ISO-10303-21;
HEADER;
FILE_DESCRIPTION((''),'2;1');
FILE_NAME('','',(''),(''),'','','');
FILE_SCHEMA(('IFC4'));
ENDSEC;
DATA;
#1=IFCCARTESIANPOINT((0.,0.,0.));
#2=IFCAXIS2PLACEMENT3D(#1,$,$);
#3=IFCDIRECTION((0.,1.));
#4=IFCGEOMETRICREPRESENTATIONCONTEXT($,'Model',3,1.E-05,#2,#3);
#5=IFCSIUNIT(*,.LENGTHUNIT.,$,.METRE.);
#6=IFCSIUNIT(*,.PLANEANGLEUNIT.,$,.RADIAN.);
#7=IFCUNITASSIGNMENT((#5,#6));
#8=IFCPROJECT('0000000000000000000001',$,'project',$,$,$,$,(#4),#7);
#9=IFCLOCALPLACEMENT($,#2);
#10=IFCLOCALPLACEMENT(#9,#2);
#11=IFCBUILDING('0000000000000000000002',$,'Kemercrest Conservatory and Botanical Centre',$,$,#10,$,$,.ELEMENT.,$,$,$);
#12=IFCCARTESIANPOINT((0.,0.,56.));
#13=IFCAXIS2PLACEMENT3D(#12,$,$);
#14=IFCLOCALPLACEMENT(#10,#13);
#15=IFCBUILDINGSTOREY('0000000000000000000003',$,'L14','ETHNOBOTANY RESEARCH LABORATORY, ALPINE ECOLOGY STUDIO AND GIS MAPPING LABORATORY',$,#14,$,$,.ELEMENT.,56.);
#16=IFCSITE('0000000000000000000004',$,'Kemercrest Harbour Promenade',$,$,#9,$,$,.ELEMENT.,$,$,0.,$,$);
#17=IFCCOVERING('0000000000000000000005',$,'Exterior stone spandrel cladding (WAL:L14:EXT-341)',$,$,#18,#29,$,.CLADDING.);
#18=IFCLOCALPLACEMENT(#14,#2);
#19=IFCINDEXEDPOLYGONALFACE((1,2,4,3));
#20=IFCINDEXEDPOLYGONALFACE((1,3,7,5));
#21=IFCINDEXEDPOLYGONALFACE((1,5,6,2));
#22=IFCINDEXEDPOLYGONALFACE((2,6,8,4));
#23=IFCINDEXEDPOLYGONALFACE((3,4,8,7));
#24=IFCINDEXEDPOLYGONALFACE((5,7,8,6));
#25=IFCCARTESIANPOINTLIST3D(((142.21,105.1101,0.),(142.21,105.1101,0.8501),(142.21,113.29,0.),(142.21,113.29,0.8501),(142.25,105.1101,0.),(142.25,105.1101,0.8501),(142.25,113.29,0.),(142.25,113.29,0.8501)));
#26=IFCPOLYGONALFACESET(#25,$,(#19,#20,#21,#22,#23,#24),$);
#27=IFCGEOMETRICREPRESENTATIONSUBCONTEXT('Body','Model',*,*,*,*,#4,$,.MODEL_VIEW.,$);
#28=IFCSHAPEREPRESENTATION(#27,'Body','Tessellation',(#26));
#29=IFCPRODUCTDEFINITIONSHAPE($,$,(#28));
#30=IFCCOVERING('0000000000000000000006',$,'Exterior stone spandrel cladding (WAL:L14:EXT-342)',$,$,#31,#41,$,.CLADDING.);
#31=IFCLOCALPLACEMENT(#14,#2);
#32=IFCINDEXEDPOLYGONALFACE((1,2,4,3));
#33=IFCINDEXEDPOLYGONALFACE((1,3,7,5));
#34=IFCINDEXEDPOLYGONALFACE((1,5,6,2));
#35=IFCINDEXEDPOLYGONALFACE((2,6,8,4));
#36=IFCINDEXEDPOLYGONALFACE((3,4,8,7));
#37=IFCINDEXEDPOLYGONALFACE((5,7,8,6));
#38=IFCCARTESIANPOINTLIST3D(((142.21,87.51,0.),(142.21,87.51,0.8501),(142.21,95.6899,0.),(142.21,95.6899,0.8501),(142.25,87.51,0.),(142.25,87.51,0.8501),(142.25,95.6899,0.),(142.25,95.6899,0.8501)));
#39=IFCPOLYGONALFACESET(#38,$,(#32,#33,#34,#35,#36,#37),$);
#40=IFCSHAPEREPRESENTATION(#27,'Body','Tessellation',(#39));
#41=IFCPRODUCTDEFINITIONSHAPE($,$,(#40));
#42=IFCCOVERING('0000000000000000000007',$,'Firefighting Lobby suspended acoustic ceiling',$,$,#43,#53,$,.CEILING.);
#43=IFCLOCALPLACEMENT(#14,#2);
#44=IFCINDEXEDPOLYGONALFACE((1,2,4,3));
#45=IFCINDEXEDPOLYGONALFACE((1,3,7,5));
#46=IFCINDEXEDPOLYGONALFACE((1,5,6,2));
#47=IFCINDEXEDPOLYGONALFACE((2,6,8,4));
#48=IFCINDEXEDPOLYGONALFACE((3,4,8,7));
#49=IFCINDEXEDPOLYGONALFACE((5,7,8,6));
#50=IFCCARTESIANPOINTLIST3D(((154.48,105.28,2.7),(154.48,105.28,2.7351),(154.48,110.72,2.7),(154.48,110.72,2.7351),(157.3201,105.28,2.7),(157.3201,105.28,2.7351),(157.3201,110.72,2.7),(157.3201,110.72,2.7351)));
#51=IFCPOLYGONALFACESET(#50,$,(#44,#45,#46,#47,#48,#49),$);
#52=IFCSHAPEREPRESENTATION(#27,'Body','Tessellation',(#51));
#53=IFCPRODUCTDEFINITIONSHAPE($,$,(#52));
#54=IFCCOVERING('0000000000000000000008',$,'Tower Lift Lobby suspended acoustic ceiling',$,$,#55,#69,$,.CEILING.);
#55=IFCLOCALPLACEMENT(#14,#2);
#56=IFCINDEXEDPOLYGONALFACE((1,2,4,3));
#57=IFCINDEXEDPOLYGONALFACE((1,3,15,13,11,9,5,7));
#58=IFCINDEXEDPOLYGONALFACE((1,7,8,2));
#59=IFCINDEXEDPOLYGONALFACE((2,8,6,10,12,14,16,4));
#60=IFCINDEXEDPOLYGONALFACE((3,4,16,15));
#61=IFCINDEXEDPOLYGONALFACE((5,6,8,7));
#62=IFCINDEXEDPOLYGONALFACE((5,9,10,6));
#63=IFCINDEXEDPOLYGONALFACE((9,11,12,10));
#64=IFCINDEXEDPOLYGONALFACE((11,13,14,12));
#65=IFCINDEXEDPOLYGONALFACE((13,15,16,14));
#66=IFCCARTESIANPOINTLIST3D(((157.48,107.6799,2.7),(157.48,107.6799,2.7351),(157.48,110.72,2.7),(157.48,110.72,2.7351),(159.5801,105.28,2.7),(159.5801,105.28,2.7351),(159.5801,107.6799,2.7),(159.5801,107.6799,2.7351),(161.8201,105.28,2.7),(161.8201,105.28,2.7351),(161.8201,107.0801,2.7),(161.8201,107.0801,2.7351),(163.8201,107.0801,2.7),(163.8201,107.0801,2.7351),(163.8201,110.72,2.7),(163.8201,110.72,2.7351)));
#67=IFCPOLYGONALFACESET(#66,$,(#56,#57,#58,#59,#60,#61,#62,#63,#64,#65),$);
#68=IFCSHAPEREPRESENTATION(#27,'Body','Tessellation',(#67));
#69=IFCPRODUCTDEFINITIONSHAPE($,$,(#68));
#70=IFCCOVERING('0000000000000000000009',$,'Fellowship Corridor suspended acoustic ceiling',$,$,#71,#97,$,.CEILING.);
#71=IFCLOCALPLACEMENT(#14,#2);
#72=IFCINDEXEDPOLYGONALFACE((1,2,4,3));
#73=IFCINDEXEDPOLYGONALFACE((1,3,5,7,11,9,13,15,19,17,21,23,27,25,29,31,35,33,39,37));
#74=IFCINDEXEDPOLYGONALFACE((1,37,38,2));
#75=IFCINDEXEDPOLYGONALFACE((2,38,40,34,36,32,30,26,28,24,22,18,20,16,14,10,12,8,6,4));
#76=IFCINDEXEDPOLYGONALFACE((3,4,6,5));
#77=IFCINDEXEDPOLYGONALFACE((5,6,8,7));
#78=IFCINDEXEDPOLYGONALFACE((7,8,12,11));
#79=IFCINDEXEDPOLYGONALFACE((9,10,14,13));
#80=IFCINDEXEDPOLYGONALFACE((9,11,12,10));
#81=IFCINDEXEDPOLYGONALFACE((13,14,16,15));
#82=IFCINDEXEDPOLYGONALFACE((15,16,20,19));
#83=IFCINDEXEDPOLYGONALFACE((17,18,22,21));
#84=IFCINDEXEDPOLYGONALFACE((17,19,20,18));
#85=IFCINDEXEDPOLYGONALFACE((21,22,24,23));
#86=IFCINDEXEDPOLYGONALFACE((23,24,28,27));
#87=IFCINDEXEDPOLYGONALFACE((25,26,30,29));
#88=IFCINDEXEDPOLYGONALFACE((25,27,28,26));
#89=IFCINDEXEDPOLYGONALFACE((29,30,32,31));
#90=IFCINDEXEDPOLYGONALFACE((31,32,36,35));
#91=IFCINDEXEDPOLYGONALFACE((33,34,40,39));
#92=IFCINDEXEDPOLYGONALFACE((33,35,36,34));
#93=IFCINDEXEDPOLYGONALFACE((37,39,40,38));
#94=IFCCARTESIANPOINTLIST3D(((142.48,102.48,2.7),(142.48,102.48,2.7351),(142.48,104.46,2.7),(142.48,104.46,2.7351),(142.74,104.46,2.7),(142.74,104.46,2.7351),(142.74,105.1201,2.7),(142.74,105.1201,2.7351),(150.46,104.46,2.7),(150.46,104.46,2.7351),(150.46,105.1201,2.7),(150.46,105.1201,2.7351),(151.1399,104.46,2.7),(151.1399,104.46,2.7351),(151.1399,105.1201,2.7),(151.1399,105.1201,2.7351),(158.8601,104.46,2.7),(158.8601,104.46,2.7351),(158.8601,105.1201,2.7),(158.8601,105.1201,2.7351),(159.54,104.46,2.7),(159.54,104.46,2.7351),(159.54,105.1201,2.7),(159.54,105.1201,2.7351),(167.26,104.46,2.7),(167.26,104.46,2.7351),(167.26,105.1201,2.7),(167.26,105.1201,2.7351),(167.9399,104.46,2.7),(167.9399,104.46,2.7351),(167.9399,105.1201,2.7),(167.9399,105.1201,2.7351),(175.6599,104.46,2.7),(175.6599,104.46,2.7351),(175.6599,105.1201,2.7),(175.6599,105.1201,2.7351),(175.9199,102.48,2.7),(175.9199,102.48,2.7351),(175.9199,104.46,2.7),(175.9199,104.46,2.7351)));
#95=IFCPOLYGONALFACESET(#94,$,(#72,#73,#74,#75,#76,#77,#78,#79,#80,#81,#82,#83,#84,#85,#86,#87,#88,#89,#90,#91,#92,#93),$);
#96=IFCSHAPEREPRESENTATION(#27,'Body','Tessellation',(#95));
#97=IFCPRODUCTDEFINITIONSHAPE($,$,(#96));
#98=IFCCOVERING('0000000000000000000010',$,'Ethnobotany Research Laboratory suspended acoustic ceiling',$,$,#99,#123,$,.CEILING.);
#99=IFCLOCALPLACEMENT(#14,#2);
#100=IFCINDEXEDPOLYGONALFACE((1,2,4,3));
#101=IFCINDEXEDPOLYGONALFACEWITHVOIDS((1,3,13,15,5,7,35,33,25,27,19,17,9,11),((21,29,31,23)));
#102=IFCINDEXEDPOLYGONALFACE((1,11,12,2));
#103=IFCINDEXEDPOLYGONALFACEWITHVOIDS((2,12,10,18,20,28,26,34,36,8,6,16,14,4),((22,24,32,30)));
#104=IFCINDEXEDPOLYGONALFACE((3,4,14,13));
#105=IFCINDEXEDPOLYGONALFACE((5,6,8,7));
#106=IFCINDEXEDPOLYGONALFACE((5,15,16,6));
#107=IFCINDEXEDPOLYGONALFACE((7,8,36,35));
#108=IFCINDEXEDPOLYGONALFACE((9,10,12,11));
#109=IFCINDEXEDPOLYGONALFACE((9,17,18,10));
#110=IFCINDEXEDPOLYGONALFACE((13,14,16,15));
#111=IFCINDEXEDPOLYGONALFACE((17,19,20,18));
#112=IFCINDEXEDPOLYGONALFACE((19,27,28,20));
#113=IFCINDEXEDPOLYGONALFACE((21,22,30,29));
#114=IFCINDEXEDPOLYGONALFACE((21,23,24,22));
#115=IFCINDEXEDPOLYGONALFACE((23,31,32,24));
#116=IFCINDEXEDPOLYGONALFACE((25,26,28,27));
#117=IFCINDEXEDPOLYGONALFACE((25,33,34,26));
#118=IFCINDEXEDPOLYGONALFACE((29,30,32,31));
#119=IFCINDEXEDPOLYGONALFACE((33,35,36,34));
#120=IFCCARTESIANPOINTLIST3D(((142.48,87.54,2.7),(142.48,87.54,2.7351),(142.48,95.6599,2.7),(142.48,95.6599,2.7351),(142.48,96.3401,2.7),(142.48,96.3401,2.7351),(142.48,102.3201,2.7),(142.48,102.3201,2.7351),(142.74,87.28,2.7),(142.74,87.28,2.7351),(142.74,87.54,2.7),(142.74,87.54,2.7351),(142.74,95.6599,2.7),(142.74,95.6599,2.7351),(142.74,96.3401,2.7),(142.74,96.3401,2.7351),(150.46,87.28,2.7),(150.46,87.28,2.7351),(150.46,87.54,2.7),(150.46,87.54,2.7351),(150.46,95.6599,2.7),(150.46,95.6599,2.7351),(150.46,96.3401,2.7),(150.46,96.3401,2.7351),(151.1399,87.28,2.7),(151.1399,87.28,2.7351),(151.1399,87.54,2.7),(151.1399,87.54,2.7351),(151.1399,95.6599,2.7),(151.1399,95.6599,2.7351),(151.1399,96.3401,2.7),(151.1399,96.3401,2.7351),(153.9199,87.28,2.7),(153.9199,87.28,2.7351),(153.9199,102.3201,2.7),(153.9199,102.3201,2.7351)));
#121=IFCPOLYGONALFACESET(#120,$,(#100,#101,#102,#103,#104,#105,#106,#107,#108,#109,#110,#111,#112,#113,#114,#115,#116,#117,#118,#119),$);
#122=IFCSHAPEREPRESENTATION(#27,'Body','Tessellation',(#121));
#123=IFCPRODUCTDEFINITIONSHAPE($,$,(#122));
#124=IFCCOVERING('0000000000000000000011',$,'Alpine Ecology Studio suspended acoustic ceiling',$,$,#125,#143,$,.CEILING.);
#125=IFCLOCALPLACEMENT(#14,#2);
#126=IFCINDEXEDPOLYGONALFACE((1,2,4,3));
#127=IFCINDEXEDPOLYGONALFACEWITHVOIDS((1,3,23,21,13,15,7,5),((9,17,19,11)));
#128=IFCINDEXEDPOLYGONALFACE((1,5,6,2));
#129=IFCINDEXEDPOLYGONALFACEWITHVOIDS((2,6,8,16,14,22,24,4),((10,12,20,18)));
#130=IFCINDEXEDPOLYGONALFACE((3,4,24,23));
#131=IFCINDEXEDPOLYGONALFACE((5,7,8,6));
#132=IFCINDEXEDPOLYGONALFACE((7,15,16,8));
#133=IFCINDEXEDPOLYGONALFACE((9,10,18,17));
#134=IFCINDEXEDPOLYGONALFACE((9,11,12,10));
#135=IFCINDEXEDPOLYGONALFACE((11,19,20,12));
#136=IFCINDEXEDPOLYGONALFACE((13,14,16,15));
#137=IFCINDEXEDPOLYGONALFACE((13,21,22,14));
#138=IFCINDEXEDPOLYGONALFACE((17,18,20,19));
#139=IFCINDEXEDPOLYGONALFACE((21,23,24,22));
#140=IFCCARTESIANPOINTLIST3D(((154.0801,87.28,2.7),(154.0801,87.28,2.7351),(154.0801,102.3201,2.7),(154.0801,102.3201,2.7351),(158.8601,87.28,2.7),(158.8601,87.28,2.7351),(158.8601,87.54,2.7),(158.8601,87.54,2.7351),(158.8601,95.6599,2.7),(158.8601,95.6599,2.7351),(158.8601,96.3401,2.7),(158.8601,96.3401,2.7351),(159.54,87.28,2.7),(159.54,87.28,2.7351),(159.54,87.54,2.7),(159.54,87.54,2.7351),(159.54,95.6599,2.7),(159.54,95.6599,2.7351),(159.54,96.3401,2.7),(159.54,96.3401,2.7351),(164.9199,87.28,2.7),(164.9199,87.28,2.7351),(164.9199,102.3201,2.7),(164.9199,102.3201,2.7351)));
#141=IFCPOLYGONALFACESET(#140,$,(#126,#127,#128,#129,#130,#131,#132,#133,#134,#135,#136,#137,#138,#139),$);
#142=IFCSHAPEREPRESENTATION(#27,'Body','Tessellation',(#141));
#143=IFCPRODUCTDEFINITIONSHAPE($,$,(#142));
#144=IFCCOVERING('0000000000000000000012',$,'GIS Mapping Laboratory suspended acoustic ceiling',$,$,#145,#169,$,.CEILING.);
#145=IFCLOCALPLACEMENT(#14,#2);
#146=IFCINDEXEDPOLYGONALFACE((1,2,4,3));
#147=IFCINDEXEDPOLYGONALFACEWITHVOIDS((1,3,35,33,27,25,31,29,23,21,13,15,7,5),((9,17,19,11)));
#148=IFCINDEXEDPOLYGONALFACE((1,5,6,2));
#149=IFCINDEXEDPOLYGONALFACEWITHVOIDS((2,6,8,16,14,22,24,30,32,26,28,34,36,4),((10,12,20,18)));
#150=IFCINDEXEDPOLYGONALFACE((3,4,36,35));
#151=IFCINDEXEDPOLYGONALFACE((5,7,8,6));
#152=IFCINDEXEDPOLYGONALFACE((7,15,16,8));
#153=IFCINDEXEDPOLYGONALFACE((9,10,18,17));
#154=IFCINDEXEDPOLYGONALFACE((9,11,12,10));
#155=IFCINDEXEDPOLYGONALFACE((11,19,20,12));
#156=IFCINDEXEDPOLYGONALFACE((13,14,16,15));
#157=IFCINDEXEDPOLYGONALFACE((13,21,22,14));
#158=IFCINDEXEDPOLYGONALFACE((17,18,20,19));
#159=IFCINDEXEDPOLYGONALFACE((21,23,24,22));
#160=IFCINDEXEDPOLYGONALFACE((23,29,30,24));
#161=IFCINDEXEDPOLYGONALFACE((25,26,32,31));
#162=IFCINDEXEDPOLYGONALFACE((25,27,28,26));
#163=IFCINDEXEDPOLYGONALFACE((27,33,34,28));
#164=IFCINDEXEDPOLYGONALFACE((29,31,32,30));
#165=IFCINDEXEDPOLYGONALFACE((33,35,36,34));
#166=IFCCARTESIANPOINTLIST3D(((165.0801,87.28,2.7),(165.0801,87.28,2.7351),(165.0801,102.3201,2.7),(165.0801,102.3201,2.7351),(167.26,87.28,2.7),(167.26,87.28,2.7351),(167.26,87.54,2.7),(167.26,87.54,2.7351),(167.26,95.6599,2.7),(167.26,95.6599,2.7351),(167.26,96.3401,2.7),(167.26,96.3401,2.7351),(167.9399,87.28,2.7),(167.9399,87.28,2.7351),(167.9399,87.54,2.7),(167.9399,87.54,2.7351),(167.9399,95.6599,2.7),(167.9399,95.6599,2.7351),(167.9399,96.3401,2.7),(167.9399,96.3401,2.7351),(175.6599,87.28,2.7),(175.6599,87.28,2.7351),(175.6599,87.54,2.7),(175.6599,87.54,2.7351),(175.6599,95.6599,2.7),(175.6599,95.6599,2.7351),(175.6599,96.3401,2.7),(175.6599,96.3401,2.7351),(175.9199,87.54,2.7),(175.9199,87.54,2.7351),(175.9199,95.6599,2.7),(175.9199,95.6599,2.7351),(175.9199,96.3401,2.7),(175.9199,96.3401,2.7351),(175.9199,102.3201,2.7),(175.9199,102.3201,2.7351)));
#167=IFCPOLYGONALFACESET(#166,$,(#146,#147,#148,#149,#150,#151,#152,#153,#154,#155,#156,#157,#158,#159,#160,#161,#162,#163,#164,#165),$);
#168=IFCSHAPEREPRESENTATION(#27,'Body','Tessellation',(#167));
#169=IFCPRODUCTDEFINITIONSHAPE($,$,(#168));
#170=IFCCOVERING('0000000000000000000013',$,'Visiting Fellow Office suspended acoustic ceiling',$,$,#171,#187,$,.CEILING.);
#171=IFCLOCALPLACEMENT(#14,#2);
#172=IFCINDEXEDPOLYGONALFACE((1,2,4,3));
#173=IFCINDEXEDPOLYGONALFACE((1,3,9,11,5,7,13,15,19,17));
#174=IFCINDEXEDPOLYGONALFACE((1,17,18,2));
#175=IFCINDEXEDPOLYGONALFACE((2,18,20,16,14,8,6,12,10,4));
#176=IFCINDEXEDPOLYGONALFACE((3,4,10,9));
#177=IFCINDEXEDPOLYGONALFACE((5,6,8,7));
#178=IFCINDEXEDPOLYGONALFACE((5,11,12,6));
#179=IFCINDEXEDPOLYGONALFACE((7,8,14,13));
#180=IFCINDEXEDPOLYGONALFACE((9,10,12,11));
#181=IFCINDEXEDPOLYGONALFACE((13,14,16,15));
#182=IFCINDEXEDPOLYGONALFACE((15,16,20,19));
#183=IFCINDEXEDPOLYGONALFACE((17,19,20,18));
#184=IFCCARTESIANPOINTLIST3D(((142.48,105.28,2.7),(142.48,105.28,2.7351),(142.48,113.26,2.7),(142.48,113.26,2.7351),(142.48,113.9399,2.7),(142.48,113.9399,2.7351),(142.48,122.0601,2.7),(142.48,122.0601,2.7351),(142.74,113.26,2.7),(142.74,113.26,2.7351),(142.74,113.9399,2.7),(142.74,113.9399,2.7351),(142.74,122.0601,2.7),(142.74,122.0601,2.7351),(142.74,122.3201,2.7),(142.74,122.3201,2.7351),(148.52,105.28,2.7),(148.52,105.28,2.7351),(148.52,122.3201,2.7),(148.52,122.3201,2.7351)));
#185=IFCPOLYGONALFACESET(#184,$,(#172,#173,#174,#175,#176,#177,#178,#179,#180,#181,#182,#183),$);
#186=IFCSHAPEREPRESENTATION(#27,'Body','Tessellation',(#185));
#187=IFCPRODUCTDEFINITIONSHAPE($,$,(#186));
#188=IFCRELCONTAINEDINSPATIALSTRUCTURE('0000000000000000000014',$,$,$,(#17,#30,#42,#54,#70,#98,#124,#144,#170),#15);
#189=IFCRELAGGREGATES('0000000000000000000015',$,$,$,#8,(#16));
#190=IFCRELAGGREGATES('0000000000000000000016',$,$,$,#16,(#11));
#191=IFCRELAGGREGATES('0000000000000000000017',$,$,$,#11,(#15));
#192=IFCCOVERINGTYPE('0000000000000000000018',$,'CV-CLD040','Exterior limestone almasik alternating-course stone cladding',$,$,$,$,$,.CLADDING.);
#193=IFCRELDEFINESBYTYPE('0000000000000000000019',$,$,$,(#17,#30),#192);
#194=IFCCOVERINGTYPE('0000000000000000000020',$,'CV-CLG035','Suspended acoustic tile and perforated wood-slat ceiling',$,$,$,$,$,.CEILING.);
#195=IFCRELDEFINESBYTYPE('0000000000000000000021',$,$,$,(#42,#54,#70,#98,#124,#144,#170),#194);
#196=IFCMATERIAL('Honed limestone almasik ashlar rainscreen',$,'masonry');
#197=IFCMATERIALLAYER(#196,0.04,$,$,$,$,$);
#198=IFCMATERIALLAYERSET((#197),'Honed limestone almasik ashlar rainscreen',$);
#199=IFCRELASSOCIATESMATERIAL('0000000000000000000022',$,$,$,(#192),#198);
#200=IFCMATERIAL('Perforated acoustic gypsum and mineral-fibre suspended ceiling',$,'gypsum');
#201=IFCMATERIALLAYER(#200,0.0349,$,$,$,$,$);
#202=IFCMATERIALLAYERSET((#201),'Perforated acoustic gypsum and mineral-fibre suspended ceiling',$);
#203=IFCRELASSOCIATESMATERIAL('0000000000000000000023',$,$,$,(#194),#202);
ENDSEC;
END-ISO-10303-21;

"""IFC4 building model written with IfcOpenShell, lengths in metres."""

from ifc_helpers import new_model, si_unit, direction, frame, origin, place, context, subcontext, project, spatial, polyline, outline, extrude, material, layer, layer_set, type_object, element, save


model = new_model("IFC4")

# Units and contexts
model_context = context("Model", 3, precision=1e-05, world=origin(), true_north=direction((0.0, 1.0)))
body_context = subcontext(model_context, "Body", "Model", "MODEL_VIEW")
ifc_project = project(units=[si_unit("LENGTHUNIT", "METRE"), si_unit("PLANEANGLEUNIT", "RADIAN")], contexts=[model_context])

# Site, building, storey
site_placement = place(None, origin())
site = spatial("IfcSite", under=ifc_project, at=site_placement, Name="Kemercrest Harbour Promenade", CompositionType="ELEMENT", RefElevation=0.0)
building_placement = place(site_placement, origin())
building = spatial("IfcBuilding", under=site, at=building_placement, Name="Kemercrest Conservatory and Botanical Centre", CompositionType="ELEMENT")
storey_placement = place(building_placement, frame((0.0, 0.0, 56.0)))
storey = spatial("IfcBuildingStorey", under=building, at=storey_placement, Name="L14", Description="ETHNOBOTANY RESEARCH LABORATORY, ALPINE ECOLOGY STUDIO AND GIS MAPPING LABORATORY", CompositionType="ELEMENT", Elevation=56.0)

# Coverings
ifc_material_1 = material(Name="Honed limestone almasik ashlar rainscreen", Category="masonry")
ifc_layer_1 = layer(ifc_material_1, 0.04)
ifc_layer_set_1 = layer_set([ifc_layer_1], Name="Honed limestone almasik ashlar rainscreen")
covering_type_1 = type_object("IfcCoveringType", Name="CV-CLD040", Description="Exterior limestone almasik alternating-course stone cladding", PredefinedType="CLADDING", material=ifc_layer_set_1)
covering_1_placement = place(storey_placement, origin())
element("IfcCovering", 1, at=covering_1_placement, inside=storey, type_object=covering_type_1, Name="Exterior stone spandrel cladding (WAL:L14:EXT-341)", PredefinedType="CLADDING", context=body_context, shape_type="SweptSolid", body=[
    extrude(outline(polyline([(142.25, 113.29), (142.21, 113.29), (142.21, 105.1101), (142.25, 105.1101), (142.25, 113.29)])), origin(), (0.0, 0.0, 1.0), 0.8501),
])
covering_2_placement = place(storey_placement, origin())
element("IfcCovering", 2, at=covering_2_placement, inside=storey, type_object=covering_type_1, Name="Exterior stone spandrel cladding (WAL:L14:EXT-342)", PredefinedType="CLADDING", context=body_context, shape_type="SweptSolid", body=[
    extrude(outline(polyline([(142.25, 95.6899), (142.21, 95.6899), (142.21, 87.51), (142.25, 87.51), (142.25, 95.6899)])), origin(), (0.0, 0.0, 1.0), 0.8501),
])
ifc_material_2 = material(Name="Perforated acoustic gypsum and mineral-fibre suspended ceiling", Category="gypsum")
ifc_layer_2 = layer(ifc_material_2, 0.0349)
ifc_layer_set_2 = layer_set([ifc_layer_2], Name="Perforated acoustic gypsum and mineral-fibre suspended ceiling")
covering_type_2 = type_object("IfcCoveringType", Name="CV-CLG035", Description="Suspended acoustic tile and perforated wood-slat ceiling", PredefinedType="CEILING", material=ifc_layer_set_2)
covering_3_placement = place(storey_placement, frame((0.0, 0.0, 2.7)))
element("IfcCovering", 3, at=covering_3_placement, inside=storey, type_object=covering_type_2, Name="Firefighting Lobby suspended acoustic ceiling", PredefinedType="CEILING", context=body_context, shape_type="SweptSolid", body=[
    extrude(outline(polyline([(154.48, 105.28), (157.3201, 105.28), (157.3201, 110.72), (154.48, 110.72), (154.48, 105.28)])), origin(), (0.0, 0.0, 1.0), 0.0352),
])
covering_4_placement = place(storey_placement, frame((0.0, 0.0, 2.7)))
element("IfcCovering", 4, at=covering_4_placement, inside=storey, type_object=covering_type_2, Name="Tower Lift Lobby suspended acoustic ceiling", PredefinedType="CEILING", context=body_context, shape_type="SweptSolid", body=[
    extrude(outline(polyline([(159.5801, 107.6799), (159.5801, 105.28), (161.8201, 105.28), (161.8201, 107.0801), (163.8201, 107.0801), (163.8201, 110.72), (157.48, 110.72), (157.48, 107.6799), (159.5801, 107.6799)])), origin(), (0.0, 0.0, 1.0), 0.0352),
])
covering_5_placement = place(storey_placement, frame((0.0, 0.0, 2.7)))
element("IfcCovering", 5, at=covering_5_placement, inside=storey, type_object=covering_type_2, Name="Fellowship Corridor suspended acoustic ceiling", PredefinedType="CEILING", context=body_context, shape_type="SweptSolid", body=[
    extrude(outline(polyline([(142.48, 102.48), (175.9199, 102.48), (175.9199, 104.46), (175.6599, 104.46), (175.6599, 105.1201), (167.9399, 105.1201), (167.9399, 104.46), (167.26, 104.46), (167.26, 105.1201), (159.54, 105.1201), (159.54, 104.46), (158.8601, 104.46), (158.8601, 105.1201), (151.1399, 105.1201), (151.1399, 104.46), (150.46, 104.46), (150.46, 105.1201), (142.74, 105.1201), (142.74, 104.46), (142.48, 104.46), (142.48, 102.48)])), origin(), (0.0, 0.0, 1.0), 0.0352),
])
covering_6_placement = place(storey_placement, frame((0.0, 0.0, 2.7)))
element("IfcCovering", 6, at=covering_6_placement, inside=storey, type_object=covering_type_2, Name="Ethnobotany Research Laboratory suspended acoustic ceiling", PredefinedType="CEILING", context=body_context, shape_type="SweptSolid", body=[
    extrude(outline(polyline([(150.46, 87.54), (151.1399, 87.54), (151.1399, 87.28), (153.9199, 87.28), (153.9199, 102.3201), (142.48, 102.3201), (142.48, 96.3401), (142.74, 96.3401), (142.74, 95.6599), (142.48, 95.6599), (142.48, 87.54), (142.74, 87.54), (142.74, 87.28), (150.46, 87.28), (150.46, 87.54)]), holes=[polyline([(150.46, 95.6599), (150.46, 96.3401), (151.1399, 96.3401), (151.1399, 95.6599), (150.46, 95.6599)])]), origin(), (0.0, 0.0, 1.0), 0.0352),
])
covering_7_placement = place(storey_placement, frame((0.0, 0.0, 2.7)))
element("IfcCovering", 7, at=covering_7_placement, inside=storey, type_object=covering_type_2, Name="Alpine Ecology Studio suspended acoustic ceiling", PredefinedType="CEILING", context=body_context, shape_type="SweptSolid", body=[
    extrude(outline(polyline([(158.8601, 87.54), (159.54, 87.54), (159.54, 87.28), (164.9199, 87.28), (164.9199, 102.3201), (154.0801, 102.3201), (154.0801, 87.28), (158.8601, 87.28), (158.8601, 87.54)]), holes=[polyline([(158.8601, 96.3401), (159.54, 96.3401), (159.54, 95.6599), (158.8601, 95.6599), (158.8601, 96.3401)])]), origin(), (0.0, 0.0, 1.0), 0.0352),
])
covering_8_placement = place(storey_placement, frame((0.0, 0.0, 2.7)))
element("IfcCovering", 8, at=covering_8_placement, inside=storey, type_object=covering_type_2, Name="GIS Mapping Laboratory suspended acoustic ceiling", PredefinedType="CEILING", context=body_context, shape_type="SweptSolid", body=[
    extrude(outline(polyline([(167.26, 87.54), (167.9399, 87.54), (167.9399, 87.28), (175.6599, 87.28), (175.6599, 87.54), (175.9199, 87.54), (175.9199, 95.6599), (175.6599, 95.6599), (175.6599, 96.3401), (175.9199, 96.3401), (175.9199, 102.3201), (165.0801, 102.3201), (165.0801, 87.28), (167.26, 87.28), (167.26, 87.54)]), holes=[polyline([(167.26, 96.3401), (167.9399, 96.3401), (167.9399, 95.6599), (167.26, 95.6599), (167.26, 96.3401)])]), origin(), (0.0, 0.0, 1.0), 0.0352),
])
covering_9_placement = place(storey_placement, frame((0.0, 0.0, 2.7)))
element("IfcCovering", 9, at=covering_9_placement, inside=storey, type_object=covering_type_2, Name="Visiting Fellow Office suspended acoustic ceiling", PredefinedType="CEILING", context=body_context, shape_type="SweptSolid", body=[
    extrude(outline(polyline([(142.48, 105.28), (148.52, 105.28), (148.52, 122.3201), (142.74, 122.3201), (142.74, 122.0601), (142.48, 122.0601), (142.48, 113.9399), (142.74, 113.9399), (142.74, 113.26), (142.48, 113.26), (142.48, 105.28)])), origin(), (0.0, 0.0, 1.0), 0.0352),
])

save(model, "model.ifc")
